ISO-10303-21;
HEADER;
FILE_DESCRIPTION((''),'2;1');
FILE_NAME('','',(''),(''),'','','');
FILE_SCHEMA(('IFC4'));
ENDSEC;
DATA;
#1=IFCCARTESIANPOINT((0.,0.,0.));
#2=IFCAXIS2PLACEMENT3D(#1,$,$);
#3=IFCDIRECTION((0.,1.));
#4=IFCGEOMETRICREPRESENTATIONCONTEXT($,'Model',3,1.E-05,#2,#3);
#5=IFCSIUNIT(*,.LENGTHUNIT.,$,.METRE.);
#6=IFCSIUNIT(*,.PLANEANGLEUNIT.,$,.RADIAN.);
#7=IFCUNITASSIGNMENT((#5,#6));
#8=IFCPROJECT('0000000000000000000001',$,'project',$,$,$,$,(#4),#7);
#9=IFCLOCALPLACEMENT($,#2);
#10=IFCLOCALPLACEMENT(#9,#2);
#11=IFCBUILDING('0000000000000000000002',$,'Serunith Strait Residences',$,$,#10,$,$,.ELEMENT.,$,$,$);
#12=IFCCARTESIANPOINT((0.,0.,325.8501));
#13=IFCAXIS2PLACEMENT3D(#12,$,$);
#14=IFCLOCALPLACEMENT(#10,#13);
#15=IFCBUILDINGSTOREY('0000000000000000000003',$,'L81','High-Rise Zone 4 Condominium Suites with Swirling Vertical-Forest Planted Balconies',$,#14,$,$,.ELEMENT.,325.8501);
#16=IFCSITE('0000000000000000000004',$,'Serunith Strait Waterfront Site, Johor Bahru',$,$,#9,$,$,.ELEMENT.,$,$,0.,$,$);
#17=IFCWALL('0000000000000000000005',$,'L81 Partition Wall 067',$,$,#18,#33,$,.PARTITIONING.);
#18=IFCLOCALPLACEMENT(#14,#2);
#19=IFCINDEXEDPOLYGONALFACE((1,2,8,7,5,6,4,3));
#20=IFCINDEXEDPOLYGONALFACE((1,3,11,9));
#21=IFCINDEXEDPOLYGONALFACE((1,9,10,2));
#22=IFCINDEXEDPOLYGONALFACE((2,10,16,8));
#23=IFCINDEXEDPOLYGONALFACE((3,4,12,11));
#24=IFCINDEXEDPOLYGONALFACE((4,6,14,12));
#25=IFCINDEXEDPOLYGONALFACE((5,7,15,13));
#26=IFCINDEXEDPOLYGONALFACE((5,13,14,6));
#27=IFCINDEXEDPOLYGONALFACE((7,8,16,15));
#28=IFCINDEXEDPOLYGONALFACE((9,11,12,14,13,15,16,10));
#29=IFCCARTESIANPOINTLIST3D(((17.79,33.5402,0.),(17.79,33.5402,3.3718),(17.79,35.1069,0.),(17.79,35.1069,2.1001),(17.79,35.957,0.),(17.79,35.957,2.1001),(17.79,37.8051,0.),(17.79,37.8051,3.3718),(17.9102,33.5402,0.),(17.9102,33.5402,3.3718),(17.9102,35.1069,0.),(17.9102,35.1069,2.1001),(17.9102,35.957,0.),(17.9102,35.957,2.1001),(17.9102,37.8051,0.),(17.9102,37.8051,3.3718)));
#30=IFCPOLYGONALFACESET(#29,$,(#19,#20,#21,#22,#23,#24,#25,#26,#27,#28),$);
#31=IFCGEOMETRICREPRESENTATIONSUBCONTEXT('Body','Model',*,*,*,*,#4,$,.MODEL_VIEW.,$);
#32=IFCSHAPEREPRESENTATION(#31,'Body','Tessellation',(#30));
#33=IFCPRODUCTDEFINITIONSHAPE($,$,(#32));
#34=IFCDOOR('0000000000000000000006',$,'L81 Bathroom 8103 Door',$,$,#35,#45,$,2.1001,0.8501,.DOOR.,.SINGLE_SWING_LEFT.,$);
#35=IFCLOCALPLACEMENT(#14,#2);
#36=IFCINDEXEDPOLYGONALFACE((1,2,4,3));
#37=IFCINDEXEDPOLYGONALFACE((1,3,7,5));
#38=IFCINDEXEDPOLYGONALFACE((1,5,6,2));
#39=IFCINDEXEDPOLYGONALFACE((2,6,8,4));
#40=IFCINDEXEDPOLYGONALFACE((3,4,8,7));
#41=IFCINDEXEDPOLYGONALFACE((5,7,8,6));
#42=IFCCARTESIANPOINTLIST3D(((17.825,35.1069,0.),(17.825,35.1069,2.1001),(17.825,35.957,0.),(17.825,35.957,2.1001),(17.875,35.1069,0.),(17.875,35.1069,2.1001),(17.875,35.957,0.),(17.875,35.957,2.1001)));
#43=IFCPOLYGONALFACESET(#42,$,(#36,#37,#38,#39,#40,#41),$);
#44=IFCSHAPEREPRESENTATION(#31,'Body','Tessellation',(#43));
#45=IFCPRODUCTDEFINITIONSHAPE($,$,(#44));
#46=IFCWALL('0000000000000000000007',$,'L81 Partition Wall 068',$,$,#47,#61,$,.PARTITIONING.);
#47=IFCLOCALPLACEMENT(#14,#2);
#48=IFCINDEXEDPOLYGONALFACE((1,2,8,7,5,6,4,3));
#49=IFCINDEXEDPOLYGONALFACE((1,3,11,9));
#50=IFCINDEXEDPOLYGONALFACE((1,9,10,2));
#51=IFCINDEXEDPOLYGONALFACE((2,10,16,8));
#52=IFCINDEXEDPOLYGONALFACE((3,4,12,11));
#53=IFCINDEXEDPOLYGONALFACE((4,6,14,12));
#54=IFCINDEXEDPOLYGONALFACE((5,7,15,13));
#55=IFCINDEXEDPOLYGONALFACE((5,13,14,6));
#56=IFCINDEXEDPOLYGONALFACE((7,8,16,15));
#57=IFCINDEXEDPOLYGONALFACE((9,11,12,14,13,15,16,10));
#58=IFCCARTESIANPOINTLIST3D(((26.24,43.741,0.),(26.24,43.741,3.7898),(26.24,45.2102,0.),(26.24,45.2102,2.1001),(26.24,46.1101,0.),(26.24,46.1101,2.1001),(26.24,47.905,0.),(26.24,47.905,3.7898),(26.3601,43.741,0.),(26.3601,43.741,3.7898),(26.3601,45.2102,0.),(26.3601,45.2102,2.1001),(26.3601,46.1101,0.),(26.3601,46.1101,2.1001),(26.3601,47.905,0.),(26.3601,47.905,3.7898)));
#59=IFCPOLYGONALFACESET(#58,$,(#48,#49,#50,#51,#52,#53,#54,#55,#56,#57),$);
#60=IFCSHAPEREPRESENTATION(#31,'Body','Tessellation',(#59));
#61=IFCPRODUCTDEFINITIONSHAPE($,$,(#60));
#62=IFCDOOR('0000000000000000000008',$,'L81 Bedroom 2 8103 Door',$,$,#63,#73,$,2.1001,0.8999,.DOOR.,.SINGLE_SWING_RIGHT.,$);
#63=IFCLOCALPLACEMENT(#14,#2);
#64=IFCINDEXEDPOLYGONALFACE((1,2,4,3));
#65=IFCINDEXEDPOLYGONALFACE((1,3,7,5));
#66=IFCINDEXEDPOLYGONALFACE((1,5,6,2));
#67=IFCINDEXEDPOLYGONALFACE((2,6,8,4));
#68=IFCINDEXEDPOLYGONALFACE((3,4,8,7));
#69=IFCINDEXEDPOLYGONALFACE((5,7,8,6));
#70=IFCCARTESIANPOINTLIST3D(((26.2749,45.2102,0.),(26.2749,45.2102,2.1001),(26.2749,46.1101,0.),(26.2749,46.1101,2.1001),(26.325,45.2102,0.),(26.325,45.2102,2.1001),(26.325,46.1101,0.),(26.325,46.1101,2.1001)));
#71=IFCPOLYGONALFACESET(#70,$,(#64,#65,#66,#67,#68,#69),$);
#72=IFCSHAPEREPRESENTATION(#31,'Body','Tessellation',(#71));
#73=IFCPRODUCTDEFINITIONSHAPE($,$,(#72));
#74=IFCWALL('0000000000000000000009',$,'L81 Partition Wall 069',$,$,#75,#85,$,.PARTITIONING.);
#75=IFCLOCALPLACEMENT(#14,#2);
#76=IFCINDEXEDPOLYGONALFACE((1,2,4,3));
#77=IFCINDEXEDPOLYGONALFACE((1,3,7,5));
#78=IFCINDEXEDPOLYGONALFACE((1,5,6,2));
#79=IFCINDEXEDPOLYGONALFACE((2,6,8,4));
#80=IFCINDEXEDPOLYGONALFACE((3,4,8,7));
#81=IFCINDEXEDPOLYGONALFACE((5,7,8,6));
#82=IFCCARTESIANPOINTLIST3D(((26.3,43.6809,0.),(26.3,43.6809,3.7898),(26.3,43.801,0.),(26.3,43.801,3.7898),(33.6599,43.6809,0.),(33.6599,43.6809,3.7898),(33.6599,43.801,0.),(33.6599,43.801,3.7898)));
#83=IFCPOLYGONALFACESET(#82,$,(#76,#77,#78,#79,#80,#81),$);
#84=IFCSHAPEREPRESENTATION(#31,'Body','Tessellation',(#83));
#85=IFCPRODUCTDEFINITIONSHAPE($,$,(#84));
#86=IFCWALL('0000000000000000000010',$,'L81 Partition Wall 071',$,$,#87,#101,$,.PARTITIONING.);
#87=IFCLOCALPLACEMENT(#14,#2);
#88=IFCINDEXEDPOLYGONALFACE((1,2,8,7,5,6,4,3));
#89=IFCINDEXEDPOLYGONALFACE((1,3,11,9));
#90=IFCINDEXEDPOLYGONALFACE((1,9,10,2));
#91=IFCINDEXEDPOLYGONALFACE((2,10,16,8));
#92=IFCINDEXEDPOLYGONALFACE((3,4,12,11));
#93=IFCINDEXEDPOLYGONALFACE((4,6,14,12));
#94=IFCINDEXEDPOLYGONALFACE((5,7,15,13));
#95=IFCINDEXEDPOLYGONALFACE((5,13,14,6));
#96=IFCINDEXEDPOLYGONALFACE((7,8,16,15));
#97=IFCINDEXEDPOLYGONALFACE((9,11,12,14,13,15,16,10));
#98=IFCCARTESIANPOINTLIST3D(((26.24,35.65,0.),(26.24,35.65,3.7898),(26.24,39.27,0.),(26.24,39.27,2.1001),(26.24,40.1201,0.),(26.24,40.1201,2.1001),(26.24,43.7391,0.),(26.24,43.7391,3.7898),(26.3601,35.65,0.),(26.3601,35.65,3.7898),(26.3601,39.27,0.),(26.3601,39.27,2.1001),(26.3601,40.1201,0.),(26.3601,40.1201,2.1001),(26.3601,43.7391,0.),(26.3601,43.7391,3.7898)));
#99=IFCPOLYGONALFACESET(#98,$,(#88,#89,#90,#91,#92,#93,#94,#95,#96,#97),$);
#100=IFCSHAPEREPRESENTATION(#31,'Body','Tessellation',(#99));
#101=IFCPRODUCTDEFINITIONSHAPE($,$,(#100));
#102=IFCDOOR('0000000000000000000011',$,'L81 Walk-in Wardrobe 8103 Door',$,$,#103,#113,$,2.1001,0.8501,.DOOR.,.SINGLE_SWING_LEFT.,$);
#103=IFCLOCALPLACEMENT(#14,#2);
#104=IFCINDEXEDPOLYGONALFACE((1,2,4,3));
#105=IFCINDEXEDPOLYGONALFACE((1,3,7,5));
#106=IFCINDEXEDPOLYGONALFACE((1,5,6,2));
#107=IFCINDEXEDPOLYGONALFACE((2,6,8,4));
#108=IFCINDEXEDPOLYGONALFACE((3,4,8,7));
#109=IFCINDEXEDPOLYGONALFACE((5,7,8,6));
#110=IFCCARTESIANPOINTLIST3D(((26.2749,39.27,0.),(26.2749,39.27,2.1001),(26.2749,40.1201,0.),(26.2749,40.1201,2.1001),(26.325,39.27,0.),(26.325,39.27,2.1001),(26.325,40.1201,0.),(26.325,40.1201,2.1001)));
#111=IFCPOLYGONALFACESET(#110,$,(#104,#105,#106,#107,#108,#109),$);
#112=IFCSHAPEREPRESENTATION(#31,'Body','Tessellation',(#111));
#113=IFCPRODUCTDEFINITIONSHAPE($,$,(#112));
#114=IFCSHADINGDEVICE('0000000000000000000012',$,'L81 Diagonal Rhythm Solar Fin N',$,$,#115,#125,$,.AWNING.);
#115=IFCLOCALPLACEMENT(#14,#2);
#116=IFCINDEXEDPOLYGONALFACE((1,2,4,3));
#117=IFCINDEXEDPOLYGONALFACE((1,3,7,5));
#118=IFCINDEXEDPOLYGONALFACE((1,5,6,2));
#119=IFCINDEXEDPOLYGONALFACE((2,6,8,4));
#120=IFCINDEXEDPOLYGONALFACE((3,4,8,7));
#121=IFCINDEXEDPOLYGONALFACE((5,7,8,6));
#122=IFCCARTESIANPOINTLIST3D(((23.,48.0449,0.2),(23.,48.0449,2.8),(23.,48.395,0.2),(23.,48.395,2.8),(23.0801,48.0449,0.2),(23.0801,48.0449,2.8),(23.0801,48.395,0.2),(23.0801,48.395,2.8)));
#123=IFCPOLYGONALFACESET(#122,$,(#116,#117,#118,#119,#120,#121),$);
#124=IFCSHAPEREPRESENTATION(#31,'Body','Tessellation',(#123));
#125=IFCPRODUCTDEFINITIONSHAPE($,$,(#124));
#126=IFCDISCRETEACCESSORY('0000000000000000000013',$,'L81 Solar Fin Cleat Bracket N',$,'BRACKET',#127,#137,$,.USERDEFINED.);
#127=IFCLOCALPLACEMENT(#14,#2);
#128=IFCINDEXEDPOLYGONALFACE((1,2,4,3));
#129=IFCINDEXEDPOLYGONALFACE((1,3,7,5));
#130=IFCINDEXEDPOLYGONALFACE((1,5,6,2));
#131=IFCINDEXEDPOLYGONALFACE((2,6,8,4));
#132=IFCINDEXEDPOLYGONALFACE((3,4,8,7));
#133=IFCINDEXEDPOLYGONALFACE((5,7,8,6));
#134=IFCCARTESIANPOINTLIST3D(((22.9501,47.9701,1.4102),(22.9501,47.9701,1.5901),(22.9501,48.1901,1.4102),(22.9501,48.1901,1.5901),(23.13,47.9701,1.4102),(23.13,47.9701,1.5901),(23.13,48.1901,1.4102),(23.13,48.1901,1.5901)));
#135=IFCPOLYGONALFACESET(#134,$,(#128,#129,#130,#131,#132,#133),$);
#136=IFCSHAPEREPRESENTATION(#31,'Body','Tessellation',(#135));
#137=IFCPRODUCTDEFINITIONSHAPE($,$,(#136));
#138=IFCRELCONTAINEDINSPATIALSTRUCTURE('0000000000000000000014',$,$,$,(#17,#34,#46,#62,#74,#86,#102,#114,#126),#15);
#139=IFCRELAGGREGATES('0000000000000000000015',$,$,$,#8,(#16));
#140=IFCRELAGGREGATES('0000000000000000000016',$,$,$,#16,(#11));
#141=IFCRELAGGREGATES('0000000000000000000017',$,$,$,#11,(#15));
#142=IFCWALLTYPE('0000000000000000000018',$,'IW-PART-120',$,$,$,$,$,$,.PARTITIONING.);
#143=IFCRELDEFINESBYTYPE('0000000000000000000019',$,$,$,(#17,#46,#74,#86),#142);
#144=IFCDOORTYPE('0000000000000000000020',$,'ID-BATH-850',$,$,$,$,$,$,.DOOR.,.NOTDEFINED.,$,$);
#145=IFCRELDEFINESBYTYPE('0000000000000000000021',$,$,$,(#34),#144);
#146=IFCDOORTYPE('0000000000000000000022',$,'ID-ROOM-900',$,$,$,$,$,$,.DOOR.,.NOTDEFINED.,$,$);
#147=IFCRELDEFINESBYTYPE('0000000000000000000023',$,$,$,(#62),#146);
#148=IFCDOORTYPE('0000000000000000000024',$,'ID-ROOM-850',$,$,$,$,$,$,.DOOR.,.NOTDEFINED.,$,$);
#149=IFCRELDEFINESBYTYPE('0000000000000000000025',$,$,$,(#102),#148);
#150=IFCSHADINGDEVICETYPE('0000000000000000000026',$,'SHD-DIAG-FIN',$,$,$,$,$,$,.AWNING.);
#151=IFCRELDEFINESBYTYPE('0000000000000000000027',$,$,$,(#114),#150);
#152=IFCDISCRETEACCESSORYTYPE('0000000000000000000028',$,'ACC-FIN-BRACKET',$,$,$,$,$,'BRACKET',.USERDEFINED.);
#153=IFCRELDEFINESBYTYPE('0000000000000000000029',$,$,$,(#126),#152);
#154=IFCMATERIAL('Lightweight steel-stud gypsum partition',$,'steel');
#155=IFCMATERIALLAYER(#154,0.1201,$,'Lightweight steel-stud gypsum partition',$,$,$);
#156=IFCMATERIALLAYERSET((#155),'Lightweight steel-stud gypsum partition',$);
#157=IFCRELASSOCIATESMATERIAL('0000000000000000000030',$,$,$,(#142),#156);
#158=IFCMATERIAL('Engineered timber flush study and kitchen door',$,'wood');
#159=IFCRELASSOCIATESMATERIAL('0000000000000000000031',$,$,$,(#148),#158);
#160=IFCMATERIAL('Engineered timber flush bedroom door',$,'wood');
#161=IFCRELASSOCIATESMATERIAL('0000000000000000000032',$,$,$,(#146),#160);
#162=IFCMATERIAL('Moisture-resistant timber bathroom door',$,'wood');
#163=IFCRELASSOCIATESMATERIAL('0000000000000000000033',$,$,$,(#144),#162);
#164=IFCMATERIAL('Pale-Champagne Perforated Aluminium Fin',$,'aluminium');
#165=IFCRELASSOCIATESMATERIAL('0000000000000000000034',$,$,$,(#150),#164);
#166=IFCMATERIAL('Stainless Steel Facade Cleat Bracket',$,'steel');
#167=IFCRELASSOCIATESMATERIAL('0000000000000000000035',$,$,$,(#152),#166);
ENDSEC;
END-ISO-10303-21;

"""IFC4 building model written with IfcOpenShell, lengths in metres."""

from ifc_helpers import new_model, si_unit, direction, frame, frame_2d, origin, origin_2d, place, context, subcontext, project, spatial, rectangle, extrude, source, transform, mapped, material, layer, layer_set, type_object, element, fill, save


model = new_model("IFC4")

# Units and contexts
model_context = context("Model", 3, precision=1e-05, world=origin(), true_north=direction((0.0, 1.0)))
body_context = subcontext(model_context, "Body", "Model", "MODEL_VIEW")
ifc_project = project(units=[si_unit("LENGTHUNIT", "METRE"), si_unit("PLANEANGLEUNIT", "RADIAN")], contexts=[model_context])

# Site, building, storey
site_placement = place(None, origin())
site = spatial("IfcSite", under=ifc_project, at=site_placement, Name="Serunith Strait Waterfront Site, Johor Bahru", CompositionType="ELEMENT", RefElevation=0.0)
building_placement = place(site_placement, origin())
building = spatial("IfcBuilding", under=site, at=building_placement, Name="Serunith Strait Residences", CompositionType="ELEMENT")
storey_placement = place(building_placement, frame((0.0, 0.0, 325.8501)))
storey = spatial("IfcBuildingStorey", under=building, at=storey_placement, Name="L81", Description="High-Rise Zone 4 Condominium Suites with Swirling Vertical-Forest Planted Balconies", CompositionType="ELEMENT", Elevation=325.8501)

# Shared definitions
ifc_material_1 = material(Name="Lightweight steel-stud gypsum partition", Category="steel")
ifc_layer_1 = layer(ifc_material_1, 0.1201, Name="Lightweight steel-stud gypsum partition")
ifc_layer_set_1 = layer_set([ifc_layer_1], Name="Lightweight steel-stud gypsum partition")
wall_type = type_object("IfcWallType", Name="IW-PART-120", PredefinedType="PARTITIONING", material=ifc_layer_set_1)
ifc_material_2 = material(Name="Engineered timber flush study and kitchen door", Category="wood")
door_type_1 = type_object("IfcDoorType", Name="ID-ROOM-850", OperationType="NOTDEFINED", PredefinedType="DOOR", material=ifc_material_2)
shared_shape_1 = source(origin(), body_context, "Body", "SweptSolid", [
    extrude(rectangle(XDim=0.8501, YDim=2.1001, at=frame_2d((0.425, 1.05))), frame((0.0, 0.0249, 0.0), z_axis=(0.0, -1.0, 0.0), x_axis=(1.0, 0.0, 0.0)), (0.0, 0.0, 1.0), 0.05),
])

# Walls, openings, doors
ifc_material_3 = material(Name="Engineered timber flush bedroom door", Category="wood")
door_type_2 = type_object("IfcDoorType", Name="ID-ROOM-900", OperationType="NOTDEFINED", PredefinedType="DOOR", material=ifc_material_3)
shared_shape_2 = source(origin(), body_context, "Body", "SweptSolid", [
    extrude(rectangle(XDim=0.8999, YDim=2.1001, at=frame_2d((0.45, 1.05))), frame((0.0, 0.0249, 0.0), z_axis=(0.0, -1.0, 0.0), x_axis=(1.0, 0.0, 0.0)), (0.0, 0.0, 1.0), 0.05),
])
wall_1_placement = place(storey_placement, frame((17.8501, 37.8049, 0.0), z_axis=(0.0, 0.0, 1.0), x_axis=(0.0, -1.0, 0.0)))
wall_1 = element("IfcWall", 1, at=wall_1_placement, inside=storey, type_object=wall_type, Name="L81 Partition Wall 067", PredefinedType="PARTITIONING", context=body_context, shape_type="SweptSolid", body=[
    extrude(rectangle(XDim=4.2649, YDim=0.1201, at=frame_2d((2.1323, 0.0))), origin(), (0.0, 0.0, 1.0), 3.3718),
])
opening_1_placement = place(wall_1_placement, frame((1.8479, 0.0, 0.0)))
opening_1 = element("IfcOpeningElement", 2, at=opening_1_placement, cuts=wall_1, PredefinedType="OPENING", context=body_context, shape_type="SweptSolid", body=[
    extrude(rectangle(XDim=0.8501, YDim=2.1001, at=frame_2d((0.425, 1.05))), frame((0.0, 0.0701, 0.0), z_axis=(0.0, -1.0, 0.0), x_axis=(1.0, 0.0, 0.0)), (0.0, 0.0, 1.0), 0.1401),
])
ifc_material_4 = material(Name="Moisture-resistant timber bathroom door", Category="wood")
door_type_3 = type_object("IfcDoorType", Name="ID-BATH-850", OperationType="NOTDEFINED", PredefinedType="DOOR", material=ifc_material_4)
door_1_placement = place(opening_1_placement, origin())
door_1 = element("IfcDoor", 3, at=door_1_placement, inside=storey, type_object=door_type_3, Name="L81 Bathroom 8103 Door", OperationType="SINGLE_SWING_LEFT", OverallHeight=2.1001, OverallWidth=0.8501, PredefinedType="DOOR", context=body_context, shape_type="MappedRepresentation", body=[
    mapped(shared_shape_1, transform((0.0, 0.0, 0.0), scale=1.0)),
])
fill(opening_1, door_1)
wall_2_placement = place(storey_placement, frame((26.3, 47.905, 0.0), z_axis=(0.0, 0.0, 1.0), x_axis=(0.0, -1.0, 0.0)))
wall_2 = element("IfcWall", 4, at=wall_2_placement, inside=storey, type_object=wall_type, Name="L81 Partition Wall 068", PredefinedType="PARTITIONING", context=body_context, shape_type="SweptSolid", body=[
    extrude(rectangle(XDim=4.1641, YDim=0.1201, at=frame_2d((2.082, 0.0))), origin(), (0.0, 0.0, 1.0), 3.7898),
])
opening_2_placement = place(wall_2_placement, frame((1.7949, 0.0, 0.0)))
opening_2 = element("IfcOpeningElement", 5, at=opening_2_placement, cuts=wall_2, PredefinedType="OPENING", context=body_context, shape_type="SweptSolid", body=[
    extrude(rectangle(XDim=0.8999, YDim=2.1001, at=frame_2d((0.45, 1.05))), frame((0.0, 0.0701, 0.0), z_axis=(0.0, -1.0, 0.0), x_axis=(1.0, 0.0, 0.0)), (0.0, 0.0, 1.0), 0.1401),
])
door_2_placement = place(opening_2_placement, origin())
door_2 = element("IfcDoor", 6, at=door_2_placement, inside=storey, type_object=door_type_2, Name="L81 Bedroom 2 8103 Door", OperationType="SINGLE_SWING_RIGHT", OverallHeight=2.1001, OverallWidth=0.8999, PredefinedType="DOOR", context=body_context, shape_type="MappedRepresentation", body=[
    mapped(shared_shape_2, transform((0.0, 0.0, 0.0), scale=1.0)),
])
fill(opening_2, door_2)

# Wall
wall_3_placement = place(storey_placement, frame((26.3, 43.741, 0.0), z_axis=(0.0, 0.0, 1.0), x_axis=(1.0, 0.0, 0.0)))
element("IfcWall", 7, at=wall_3_placement, inside=storey, type_object=wall_type, Name="L81 Partition Wall 069", PredefinedType="PARTITIONING", context=body_context, shape_type="SweptSolid", body=[
    extrude(rectangle(XDim=7.3599, YDim=0.1201, at=frame_2d((3.6799, 0.0))), origin(), (0.0, 0.0, 1.0), 3.7898),
])

# Wall, opening, door
wall_4_placement = place(storey_placement, frame((26.3, 43.739, 0.0), z_axis=(0.0, 0.0, 1.0), x_axis=(0.0, -1.0, 0.0)))
wall_4 = element("IfcWall", 8, at=wall_4_placement, inside=storey, type_object=wall_type, Name="L81 Partition Wall 071", PredefinedType="PARTITIONING", context=body_context, shape_type="SweptSolid", body=[
    extrude(rectangle(XDim=8.0891, YDim=0.1201, at=frame_2d((4.0444, 0.0))), origin(), (0.0, 0.0, 1.0), 3.7898),
])
opening_3_placement = place(wall_4_placement, frame((3.6189, 0.0, 0.0)))
opening_3 = element("IfcOpeningElement", 9, at=opening_3_placement, cuts=wall_4, PredefinedType="OPENING", context=body_context, shape_type="SweptSolid", body=[
    extrude(rectangle(XDim=0.8501, YDim=2.1001, at=frame_2d((0.425, 1.05))), frame((0.0, 0.0701, 0.0), z_axis=(0.0, -1.0, 0.0), x_axis=(1.0, 0.0, 0.0)), (0.0, 0.0, 1.0), 0.1401),
])
door_3_placement = place(opening_3_placement, origin())
door_3 = element("IfcDoor", 10, at=door_3_placement, inside=storey, type_object=door_type_1, Name="L81 Walk-in Wardrobe 8103 Door", OperationType="SINGLE_SWING_LEFT", OverallHeight=2.1001, OverallWidth=0.8501, PredefinedType="DOOR", context=body_context, shape_type="MappedRepresentation", body=[
    mapped(shared_shape_1, transform((0.0, 0.0, 0.0), scale=1.0)),
])
fill(opening_3, door_3)

# Shading device
ifc_material_5 = material(Name="Pale-Champagne Perforated Aluminium Fin", Category="aluminium")
shading_device_type = type_object("IfcShadingDeviceType", Name="SHD-DIAG-FIN", PredefinedType="AWNING", material=ifc_material_5)
shared_shape_3 = source(origin(), body_context, "Body", "SweptSolid", [
    extrude(rectangle(XDim=0.0801, YDim=0.3501, at=origin_2d()), origin(), (0.0, 0.0, 1.0), 2.6001),
])
shading_device_placement = place(storey_placement, frame((23.04, 48.22, 0.2), z_axis=(0.0, 0.0, 1.0), x_axis=(1.0, 0.0, 0.0)))
element("IfcShadingDevice", 11, at=shading_device_placement, inside=storey, type_object=shading_device_type, Name="L81 Diagonal Rhythm Solar Fin N", PredefinedType="AWNING", context=body_context, shape_type="MappedRepresentation", body=[
    mapped(shared_shape_3, transform((0.0, 0.0, 0.0), scale=1.0)),
])

# Discrete accessory
ifc_material_6 = material(Name="Stainless Steel Facade Cleat Bracket", Category="steel")
discrete_accessory_type = type_object("IfcDiscreteAccessoryType", Name="ACC-FIN-BRACKET", ElementType="BRACKET", PredefinedType="USERDEFINED", material=ifc_material_6)
shared_shape_4 = source(origin(), body_context, "Body", "SweptSolid", [
    extrude(rectangle(XDim=0.1799, YDim=0.22, at=origin_2d()), origin(), (0.0, 0.0, 1.0), 0.1799),
])
discrete_accessory_placement = place(storey_placement, frame((23.04, 48.0801, 1.4102), z_axis=(0.0, 0.0, 1.0), x_axis=(1.0, 0.0, 0.0)))
element("IfcDiscreteAccessory", 12, at=discrete_accessory_placement, inside=storey, type_object=discrete_accessory_type, Name="L81 Solar Fin Cleat Bracket N", ObjectType="BRACKET", PredefinedType="USERDEFINED", context=body_context, shape_type="MappedRepresentation", body=[
    mapped(shared_shape_4, transform((0.0, 0.0, 0.0), scale=1.0)),
])

save(model, "model.ifc")
